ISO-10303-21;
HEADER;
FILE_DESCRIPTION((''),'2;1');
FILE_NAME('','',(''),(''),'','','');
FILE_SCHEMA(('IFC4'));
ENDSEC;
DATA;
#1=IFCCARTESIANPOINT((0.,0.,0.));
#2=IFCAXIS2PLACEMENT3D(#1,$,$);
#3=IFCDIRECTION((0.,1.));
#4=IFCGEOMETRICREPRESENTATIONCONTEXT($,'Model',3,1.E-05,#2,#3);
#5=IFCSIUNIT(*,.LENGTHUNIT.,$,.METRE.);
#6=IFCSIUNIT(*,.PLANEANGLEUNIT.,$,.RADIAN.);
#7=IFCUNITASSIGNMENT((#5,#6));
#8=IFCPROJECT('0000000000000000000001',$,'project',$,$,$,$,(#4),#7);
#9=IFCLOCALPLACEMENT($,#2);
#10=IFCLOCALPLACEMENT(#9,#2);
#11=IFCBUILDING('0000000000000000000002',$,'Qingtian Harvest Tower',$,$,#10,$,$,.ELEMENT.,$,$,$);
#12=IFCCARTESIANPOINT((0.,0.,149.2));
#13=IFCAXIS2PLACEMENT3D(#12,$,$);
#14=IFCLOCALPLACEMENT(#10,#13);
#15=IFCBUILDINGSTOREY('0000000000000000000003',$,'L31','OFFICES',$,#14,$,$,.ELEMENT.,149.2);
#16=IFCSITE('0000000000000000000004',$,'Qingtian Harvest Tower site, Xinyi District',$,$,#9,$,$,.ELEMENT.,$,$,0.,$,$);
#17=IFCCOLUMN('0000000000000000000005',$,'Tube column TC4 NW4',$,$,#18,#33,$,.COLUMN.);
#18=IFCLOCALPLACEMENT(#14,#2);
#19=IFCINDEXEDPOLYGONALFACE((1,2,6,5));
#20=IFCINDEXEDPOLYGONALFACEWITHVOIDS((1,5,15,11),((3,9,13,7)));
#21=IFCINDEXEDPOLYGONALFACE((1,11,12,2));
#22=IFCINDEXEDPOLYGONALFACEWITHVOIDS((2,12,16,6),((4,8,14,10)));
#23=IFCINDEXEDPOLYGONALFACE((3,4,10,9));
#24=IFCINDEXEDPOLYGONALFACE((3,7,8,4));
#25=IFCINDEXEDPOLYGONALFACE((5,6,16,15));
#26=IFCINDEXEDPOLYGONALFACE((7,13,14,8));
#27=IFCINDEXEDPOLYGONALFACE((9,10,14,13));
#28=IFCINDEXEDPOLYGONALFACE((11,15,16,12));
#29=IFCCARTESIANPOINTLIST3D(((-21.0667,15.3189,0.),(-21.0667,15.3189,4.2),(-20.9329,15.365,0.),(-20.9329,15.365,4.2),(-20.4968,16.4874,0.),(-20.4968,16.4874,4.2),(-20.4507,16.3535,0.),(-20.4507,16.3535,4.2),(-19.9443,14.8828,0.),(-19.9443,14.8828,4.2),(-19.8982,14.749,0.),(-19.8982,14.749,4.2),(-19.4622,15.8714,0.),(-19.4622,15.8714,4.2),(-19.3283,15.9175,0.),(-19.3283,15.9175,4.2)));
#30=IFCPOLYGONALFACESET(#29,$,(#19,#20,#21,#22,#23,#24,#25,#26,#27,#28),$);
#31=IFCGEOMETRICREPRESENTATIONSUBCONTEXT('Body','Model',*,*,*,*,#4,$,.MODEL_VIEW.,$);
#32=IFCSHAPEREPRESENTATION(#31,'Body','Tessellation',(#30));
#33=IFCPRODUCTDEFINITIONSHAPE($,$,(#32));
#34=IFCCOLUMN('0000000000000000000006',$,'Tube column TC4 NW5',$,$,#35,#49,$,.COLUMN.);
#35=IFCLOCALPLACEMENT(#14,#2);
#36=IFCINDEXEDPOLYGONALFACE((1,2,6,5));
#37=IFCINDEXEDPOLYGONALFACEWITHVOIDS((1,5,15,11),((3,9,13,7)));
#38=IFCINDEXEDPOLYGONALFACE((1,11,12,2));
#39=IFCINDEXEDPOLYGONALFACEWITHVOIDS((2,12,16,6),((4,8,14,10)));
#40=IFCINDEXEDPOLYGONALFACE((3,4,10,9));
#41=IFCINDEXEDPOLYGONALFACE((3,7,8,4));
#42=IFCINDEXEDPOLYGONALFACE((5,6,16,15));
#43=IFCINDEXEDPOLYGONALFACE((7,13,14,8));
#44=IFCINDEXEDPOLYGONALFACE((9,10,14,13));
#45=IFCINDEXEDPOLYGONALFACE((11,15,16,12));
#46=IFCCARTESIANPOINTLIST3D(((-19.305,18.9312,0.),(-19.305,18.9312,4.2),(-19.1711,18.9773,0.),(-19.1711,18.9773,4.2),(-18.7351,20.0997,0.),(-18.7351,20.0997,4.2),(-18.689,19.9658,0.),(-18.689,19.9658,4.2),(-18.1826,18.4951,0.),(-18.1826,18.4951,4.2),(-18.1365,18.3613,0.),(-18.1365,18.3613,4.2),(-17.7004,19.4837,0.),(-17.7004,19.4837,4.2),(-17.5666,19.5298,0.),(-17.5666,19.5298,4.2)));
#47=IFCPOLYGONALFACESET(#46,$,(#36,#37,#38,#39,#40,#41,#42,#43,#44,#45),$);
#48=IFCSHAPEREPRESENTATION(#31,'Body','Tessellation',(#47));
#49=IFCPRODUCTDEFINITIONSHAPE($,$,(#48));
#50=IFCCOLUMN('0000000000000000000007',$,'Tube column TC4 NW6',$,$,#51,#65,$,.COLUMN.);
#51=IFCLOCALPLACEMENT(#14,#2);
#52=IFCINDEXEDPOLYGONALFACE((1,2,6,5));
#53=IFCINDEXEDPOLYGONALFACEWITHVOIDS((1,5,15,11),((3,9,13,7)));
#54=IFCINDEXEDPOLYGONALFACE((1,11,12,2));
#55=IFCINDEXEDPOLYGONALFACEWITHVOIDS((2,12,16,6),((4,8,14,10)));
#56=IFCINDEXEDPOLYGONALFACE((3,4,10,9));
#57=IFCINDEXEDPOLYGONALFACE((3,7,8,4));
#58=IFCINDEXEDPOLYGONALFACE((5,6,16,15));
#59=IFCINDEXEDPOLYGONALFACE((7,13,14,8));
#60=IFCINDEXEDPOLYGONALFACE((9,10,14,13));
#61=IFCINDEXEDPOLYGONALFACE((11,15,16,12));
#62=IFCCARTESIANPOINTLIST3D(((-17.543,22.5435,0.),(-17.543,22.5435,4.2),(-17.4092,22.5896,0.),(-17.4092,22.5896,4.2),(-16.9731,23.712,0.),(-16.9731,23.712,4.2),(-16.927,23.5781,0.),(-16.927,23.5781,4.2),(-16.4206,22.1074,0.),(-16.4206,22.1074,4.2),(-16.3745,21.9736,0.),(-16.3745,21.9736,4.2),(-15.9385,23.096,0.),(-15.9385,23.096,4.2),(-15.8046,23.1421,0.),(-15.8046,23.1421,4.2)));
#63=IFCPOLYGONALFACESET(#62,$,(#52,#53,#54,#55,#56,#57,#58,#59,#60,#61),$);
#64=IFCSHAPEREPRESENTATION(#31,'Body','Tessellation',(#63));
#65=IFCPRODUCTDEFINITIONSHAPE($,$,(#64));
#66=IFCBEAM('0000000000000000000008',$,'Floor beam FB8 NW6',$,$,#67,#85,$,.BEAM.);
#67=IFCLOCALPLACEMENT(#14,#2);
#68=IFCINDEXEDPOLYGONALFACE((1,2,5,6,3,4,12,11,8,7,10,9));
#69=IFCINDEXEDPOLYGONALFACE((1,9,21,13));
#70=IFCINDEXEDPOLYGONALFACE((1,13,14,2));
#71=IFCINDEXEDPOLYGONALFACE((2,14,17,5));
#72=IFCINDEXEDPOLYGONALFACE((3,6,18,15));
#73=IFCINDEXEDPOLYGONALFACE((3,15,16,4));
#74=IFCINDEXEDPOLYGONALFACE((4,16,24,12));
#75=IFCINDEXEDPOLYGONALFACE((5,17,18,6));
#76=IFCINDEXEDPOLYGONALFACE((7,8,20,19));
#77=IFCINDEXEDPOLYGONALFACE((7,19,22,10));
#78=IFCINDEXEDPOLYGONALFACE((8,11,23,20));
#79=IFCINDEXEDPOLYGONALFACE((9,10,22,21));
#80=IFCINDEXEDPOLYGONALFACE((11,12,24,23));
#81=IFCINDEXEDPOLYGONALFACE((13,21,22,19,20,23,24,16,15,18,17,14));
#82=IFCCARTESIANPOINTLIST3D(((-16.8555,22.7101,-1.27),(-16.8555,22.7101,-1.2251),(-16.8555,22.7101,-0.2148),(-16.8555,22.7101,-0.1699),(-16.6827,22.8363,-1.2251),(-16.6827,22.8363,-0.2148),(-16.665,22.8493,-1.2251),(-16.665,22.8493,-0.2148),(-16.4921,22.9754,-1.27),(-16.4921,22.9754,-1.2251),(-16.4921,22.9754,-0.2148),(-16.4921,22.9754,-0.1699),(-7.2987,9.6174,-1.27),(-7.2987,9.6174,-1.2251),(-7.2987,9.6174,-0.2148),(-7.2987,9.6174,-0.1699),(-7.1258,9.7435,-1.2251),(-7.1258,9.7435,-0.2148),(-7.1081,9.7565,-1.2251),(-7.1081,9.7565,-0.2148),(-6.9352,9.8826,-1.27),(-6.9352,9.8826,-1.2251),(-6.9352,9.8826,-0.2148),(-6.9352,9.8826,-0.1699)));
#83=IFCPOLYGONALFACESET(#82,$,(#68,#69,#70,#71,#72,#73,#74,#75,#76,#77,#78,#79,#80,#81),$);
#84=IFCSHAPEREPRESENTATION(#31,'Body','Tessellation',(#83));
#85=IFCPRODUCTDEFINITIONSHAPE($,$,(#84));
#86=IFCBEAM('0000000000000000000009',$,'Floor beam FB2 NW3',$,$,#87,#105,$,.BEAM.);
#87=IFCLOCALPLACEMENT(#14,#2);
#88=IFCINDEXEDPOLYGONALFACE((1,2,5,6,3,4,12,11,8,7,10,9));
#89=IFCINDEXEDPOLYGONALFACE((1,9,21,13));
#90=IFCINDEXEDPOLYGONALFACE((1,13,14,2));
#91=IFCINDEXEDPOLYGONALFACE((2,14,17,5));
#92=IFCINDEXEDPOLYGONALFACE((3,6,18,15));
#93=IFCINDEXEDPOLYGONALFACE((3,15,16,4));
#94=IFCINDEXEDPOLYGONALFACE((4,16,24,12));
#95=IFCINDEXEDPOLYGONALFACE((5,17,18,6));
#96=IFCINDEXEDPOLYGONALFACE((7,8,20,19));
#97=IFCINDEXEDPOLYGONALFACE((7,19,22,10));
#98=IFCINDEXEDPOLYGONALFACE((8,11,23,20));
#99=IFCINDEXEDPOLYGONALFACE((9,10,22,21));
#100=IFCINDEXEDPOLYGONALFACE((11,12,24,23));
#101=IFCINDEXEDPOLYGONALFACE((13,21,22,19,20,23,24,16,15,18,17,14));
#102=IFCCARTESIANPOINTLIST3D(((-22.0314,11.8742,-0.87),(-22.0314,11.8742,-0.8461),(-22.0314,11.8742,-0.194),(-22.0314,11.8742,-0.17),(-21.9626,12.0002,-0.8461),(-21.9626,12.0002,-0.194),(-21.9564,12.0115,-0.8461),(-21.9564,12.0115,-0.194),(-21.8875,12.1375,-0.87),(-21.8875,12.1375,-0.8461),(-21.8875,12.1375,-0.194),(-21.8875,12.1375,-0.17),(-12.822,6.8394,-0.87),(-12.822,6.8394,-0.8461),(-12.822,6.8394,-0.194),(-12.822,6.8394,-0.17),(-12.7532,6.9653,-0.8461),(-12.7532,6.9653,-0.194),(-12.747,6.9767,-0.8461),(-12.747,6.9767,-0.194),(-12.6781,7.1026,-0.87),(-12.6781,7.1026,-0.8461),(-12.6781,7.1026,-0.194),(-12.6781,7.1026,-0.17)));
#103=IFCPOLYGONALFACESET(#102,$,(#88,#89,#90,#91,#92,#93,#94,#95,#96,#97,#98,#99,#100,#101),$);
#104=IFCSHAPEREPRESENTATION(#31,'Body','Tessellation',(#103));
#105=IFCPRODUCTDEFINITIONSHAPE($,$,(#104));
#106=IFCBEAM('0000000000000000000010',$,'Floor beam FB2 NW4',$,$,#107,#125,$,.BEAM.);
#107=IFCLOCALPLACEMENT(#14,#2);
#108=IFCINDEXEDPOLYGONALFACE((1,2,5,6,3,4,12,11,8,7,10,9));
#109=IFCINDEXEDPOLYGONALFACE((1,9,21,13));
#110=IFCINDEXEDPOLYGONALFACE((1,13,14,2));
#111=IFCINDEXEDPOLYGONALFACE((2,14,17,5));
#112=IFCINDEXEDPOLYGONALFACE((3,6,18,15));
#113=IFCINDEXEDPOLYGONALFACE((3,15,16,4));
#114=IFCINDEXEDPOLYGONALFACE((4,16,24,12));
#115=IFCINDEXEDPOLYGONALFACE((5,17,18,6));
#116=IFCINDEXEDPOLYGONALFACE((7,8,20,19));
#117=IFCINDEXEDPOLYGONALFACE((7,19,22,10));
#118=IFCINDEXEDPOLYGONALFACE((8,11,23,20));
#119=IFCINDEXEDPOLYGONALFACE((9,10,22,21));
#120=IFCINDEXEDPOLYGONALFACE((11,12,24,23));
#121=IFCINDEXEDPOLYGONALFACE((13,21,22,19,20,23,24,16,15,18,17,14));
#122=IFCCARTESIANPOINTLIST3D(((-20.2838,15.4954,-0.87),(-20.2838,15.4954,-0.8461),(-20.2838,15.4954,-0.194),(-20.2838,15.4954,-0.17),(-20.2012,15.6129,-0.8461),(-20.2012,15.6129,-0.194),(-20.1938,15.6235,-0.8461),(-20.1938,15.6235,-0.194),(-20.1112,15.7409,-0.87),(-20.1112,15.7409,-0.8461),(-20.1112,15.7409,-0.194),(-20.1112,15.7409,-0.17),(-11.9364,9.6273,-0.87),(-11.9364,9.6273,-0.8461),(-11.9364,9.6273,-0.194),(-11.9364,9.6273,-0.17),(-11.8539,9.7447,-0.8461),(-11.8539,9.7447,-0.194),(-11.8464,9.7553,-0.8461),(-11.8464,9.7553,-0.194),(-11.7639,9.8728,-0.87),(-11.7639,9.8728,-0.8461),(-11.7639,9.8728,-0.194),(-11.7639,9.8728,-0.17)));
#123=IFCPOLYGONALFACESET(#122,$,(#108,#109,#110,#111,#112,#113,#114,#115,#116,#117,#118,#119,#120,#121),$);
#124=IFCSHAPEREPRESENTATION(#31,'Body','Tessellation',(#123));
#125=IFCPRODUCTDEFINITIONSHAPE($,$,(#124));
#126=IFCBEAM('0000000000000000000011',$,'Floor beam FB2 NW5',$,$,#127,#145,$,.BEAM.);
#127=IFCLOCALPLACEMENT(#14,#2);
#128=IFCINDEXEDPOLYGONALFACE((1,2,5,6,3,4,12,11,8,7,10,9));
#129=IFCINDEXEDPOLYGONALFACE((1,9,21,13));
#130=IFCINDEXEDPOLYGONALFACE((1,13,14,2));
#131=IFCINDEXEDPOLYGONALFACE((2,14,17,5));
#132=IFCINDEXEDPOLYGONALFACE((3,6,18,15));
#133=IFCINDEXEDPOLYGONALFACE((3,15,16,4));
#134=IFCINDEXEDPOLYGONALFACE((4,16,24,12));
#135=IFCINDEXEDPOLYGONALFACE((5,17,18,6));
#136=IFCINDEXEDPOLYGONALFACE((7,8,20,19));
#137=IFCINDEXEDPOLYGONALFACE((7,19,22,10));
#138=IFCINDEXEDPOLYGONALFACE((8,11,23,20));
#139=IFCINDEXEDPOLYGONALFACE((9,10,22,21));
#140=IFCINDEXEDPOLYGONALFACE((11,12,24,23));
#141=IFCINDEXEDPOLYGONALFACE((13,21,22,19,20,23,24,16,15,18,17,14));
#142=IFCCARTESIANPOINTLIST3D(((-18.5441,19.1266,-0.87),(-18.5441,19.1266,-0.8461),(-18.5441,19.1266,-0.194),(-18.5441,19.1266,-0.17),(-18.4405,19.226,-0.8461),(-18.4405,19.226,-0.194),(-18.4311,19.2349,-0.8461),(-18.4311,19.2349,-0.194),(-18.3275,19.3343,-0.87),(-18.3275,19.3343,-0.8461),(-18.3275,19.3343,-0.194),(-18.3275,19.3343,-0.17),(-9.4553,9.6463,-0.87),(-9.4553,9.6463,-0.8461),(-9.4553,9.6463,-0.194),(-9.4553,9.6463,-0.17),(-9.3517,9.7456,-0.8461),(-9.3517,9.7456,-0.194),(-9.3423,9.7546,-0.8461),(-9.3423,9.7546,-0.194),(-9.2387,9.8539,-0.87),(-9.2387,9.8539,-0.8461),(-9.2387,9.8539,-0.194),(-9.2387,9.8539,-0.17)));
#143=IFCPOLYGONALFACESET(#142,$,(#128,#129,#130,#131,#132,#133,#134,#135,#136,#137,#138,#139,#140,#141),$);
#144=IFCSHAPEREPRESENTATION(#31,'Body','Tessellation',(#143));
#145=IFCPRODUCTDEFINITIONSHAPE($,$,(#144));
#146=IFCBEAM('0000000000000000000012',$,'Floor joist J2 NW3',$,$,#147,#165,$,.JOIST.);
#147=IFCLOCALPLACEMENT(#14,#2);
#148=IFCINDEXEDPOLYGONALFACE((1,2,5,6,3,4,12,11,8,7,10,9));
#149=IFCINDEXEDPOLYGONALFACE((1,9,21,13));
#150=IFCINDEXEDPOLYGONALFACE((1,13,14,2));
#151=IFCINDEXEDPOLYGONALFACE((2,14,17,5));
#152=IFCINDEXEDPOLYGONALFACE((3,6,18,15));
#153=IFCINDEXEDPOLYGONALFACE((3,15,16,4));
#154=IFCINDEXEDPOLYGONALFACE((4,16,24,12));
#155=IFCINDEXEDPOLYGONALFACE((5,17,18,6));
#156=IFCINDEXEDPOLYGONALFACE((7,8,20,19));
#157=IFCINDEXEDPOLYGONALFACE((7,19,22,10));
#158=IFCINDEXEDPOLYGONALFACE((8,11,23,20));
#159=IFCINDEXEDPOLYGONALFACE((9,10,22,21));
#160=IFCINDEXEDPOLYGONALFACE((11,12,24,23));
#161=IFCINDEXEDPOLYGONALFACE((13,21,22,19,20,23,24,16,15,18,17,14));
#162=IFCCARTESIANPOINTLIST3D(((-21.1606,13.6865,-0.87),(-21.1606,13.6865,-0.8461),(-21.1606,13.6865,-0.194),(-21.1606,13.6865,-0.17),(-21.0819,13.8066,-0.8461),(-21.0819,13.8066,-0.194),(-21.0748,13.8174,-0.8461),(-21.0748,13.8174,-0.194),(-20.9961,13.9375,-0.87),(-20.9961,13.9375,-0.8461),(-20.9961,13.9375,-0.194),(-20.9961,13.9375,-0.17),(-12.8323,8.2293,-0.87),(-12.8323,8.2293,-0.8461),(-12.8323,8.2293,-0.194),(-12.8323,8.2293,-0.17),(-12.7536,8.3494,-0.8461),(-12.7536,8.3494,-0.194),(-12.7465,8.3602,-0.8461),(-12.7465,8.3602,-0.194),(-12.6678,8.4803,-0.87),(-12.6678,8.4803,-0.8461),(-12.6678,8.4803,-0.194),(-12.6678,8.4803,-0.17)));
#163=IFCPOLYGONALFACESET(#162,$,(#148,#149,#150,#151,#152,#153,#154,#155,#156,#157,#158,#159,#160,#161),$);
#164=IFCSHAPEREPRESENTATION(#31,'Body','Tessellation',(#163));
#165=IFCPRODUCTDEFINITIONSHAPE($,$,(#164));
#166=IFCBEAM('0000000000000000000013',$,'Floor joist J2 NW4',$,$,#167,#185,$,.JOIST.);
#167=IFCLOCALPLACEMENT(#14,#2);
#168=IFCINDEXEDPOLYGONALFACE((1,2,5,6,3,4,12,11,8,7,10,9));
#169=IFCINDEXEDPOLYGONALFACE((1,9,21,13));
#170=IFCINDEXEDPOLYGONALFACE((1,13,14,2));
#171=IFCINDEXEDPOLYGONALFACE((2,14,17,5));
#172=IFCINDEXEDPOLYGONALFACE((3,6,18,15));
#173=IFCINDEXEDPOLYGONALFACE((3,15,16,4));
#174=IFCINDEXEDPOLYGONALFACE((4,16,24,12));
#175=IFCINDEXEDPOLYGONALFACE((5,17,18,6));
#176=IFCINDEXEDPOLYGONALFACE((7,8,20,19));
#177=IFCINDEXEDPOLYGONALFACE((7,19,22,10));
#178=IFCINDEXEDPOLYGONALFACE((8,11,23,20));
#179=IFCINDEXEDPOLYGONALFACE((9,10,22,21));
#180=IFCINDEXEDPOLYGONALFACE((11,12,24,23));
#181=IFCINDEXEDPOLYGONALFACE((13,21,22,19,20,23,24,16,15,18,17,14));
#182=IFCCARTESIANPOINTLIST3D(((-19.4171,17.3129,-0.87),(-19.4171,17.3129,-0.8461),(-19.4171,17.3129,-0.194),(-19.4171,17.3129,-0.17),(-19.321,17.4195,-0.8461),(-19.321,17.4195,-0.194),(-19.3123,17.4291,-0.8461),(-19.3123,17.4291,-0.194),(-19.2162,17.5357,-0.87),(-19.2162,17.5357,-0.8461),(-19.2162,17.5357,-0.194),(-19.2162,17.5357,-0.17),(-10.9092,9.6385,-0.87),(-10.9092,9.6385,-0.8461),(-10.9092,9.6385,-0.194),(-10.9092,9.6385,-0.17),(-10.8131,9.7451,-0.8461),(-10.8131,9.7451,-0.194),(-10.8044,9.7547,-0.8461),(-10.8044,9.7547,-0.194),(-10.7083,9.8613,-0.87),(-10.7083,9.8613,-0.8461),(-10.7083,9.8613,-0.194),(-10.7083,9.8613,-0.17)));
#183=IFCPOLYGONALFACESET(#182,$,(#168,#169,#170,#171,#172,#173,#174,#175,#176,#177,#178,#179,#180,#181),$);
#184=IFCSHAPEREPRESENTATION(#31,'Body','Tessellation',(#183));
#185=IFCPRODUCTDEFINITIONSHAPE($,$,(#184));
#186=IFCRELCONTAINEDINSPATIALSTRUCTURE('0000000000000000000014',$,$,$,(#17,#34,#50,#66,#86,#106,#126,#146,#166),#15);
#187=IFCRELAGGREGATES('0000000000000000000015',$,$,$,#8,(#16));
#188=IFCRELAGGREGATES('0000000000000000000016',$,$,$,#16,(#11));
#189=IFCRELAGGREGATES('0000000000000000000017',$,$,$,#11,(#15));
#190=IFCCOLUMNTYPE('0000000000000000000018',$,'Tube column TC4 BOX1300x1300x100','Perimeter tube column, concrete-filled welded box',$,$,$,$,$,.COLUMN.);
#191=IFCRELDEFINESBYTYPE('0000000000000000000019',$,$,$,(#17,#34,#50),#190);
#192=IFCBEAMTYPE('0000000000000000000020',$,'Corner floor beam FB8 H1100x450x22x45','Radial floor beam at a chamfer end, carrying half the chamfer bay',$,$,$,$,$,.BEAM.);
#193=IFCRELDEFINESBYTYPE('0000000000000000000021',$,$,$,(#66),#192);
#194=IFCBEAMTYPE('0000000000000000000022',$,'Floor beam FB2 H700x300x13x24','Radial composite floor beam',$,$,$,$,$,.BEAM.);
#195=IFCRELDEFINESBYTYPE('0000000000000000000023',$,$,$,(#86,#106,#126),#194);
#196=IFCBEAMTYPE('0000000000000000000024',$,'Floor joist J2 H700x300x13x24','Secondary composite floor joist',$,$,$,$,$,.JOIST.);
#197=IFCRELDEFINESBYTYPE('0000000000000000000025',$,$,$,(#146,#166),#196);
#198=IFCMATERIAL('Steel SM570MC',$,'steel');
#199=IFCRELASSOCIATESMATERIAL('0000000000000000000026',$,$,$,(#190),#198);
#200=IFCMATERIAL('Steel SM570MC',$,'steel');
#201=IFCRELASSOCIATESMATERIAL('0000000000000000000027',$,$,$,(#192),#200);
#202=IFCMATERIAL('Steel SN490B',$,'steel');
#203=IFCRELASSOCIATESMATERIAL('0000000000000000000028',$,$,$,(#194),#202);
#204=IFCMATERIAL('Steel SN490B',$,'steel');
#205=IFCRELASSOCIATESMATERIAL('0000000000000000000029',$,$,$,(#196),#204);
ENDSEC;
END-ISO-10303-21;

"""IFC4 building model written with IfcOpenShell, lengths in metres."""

from ifc_helpers import new_model, si_unit, direction, frame, origin, origin_2d, place, context, subcontext, project, spatial, hollow_rectangle, i_section, extrude, material, material_profile, profile_set, type_object, element, save


model = new_model("IFC4")

# Units and contexts
model_context = context("Model", 3, precision=1e-05, world=origin(), true_north=direction((0.0, 1.0)))
body_context = subcontext(model_context, "Body", "Model", "MODEL_VIEW")
ifc_project = project(units=[si_unit("LENGTHUNIT", "METRE"), si_unit("PLANEANGLEUNIT", "RADIAN")], contexts=[model_context])

# Site, building, storey
site_placement = place(None, origin())
site = spatial("IfcSite", under=ifc_project, at=site_placement, Name="Qingtian Harvest Tower site, Xinyi District", CompositionType="ELEMENT", RefElevation=0.0)
building_placement = place(site_placement, origin())
building = spatial("IfcBuilding", under=site, at=building_placement, Name="Qingtian Harvest Tower", CompositionType="ELEMENT")
storey_placement = place(building_placement, frame((0.0, 0.0, 149.2)))
storey = spatial("IfcBuildingStorey", under=building, at=storey_placement, Name="L31", Description="OFFICES", CompositionType="ELEMENT", Elevation=149.2)

# Columns
ifc_material_1 = material(Name="Steel SM570MC", Category="steel")
ifc_material_profile_1 = material_profile(ifc_material_1, hollow_rectangle(XDim=1.3, YDim=1.3, WallThickness=0.1001, at=origin_2d()), Name="BOX1300x1300x100")
ifc_profile_set_1 = profile_set([ifc_material_profile_1], Name="Steel SM570MC")
column_type = type_object("IfcColumnType", Name="Tube column TC4 BOX1300x1300x100", Description="Perimeter tube column, concrete-filled welded box", PredefinedType="COLUMN", material=ifc_profile_set_1)
for number, where, z_axis, x_axis, name in (
    (1, (-20.1975, 15.6182, 0.0), (0.0, 0.0, 1.0), (-0.438371, -0.898794, 0.0), "Tube column TC4 NW4"),
    (2, (-18.4358, 19.2305, 0.0), (0.0, 0.0, 1.0), (-0.438371, -0.898794, 0.0), "Tube column TC4 NW5"),
    (3, (-16.6738, 22.8428, 0.0), (0.0, 0.0, 1.0), (-0.438371, -0.898794, 0.0), "Tube column TC4 NW6"),
):
    element("IfcColumn", number, at=place(storey_placement, frame(where, z_axis=z_axis, x_axis=x_axis)), inside=storey, type_object=column_type, Name=name, PredefinedType="COLUMN", context=body_context, shape_type="SweptSolid", body=[
        extrude(hollow_rectangle(XDim=1.3, YDim=1.3, WallThickness=0.1001, at=origin_2d()), origin(), (0.0, 0.0, 1.0), 4.2),
    ])

# Beams
ifc_material_2 = material(Name="Steel SM570MC", Category="steel")
ifc_material_profile_2 = material_profile(ifc_material_2, i_section(OverallWidth=0.45, OverallDepth=1.1001, WebThickness=0.022, FlangeThickness=0.0449, at=origin_2d()), Name="H1100x450x22x45")
ifc_profile_set_2 = profile_set([ifc_material_profile_2], Name="Steel SM570MC")
beam_type_1 = type_object("IfcBeamType", Name="Corner floor beam FB8 H1100x450x22x45", Description="Radial floor beam at a chamfer end, carrying half the chamfer bay", PredefinedType="BEAM", material=ifc_profile_set_2)
beam_1_placement = place(storey_placement, frame((-16.6738, 22.8428, -0.72), z_axis=(0.589578, -0.807712, 0.0), x_axis=(0.807712, 0.589578, 0.0)))
element("IfcBeam", 4, at=beam_1_placement, inside=storey, type_object=beam_type_1, Name="Floor beam FB8 NW6", PredefinedType="BEAM", context=body_context, shape_type="SweptSolid", body=[
    extrude(i_section(OverallWidth=0.45, OverallDepth=1.1001, WebThickness=0.022, FlangeThickness=0.0449, at=origin_2d()), origin(), (0.0, 0.0, 1.0), 16.2097),
])
ifc_material_3 = material(Name="Steel SN490B", Category="steel")
ifc_material_profile_3 = material_profile(ifc_material_3, i_section(OverallWidth=0.3, OverallDepth=0.7, WebThickness=0.0129, FlangeThickness=0.0239, at=origin_2d()), Name="H700x300x13x24")
ifc_profile_set_3 = profile_set([ifc_material_profile_3], Name="Steel SN490B")
beam_type_2 = type_object("IfcBeamType", Name="Floor beam FB2 H700x300x13x24", Description="Radial composite floor beam", PredefinedType="BEAM", material=ifc_profile_set_3)
beam_2_placement = place(storey_placement, frame((-21.9595, 12.0059, -0.52), z_axis=(0.877432, -0.479701, 0.0), x_axis=(0.479701, 0.877432, 0.0)))
element("IfcBeam", 5, at=beam_2_placement, inside=storey, type_object=beam_type_2, Name="Floor beam FB2 NW3", PredefinedType="BEAM", context=body_context, shape_type="SweptSolid", body=[
    extrude(i_section(OverallWidth=0.3, OverallDepth=0.7, WebThickness=0.0129, FlangeThickness=0.0239, at=origin_2d()), origin(), (0.0, 0.0, 1.0), 10.4958),
])
beam_3_placement = place(storey_placement, frame((-20.1975, 15.6182, -0.52), z_axis=(0.81808, -0.575104, 0.0), x_axis=(0.575104, 0.81808, 0.0)))
element("IfcBeam", 6, at=beam_3_placement, inside=storey, type_object=beam_type_2, Name="Floor beam FB2 NW4", PredefinedType="BEAM", context=body_context, shape_type="SweptSolid", body=[
    extrude(i_section(OverallWidth=0.3, OverallDepth=0.7, WebThickness=0.0129, FlangeThickness=0.0239, at=origin_2d()), origin(), (0.0, 0.0, 1.0), 10.2036),
])
beam_4_placement = place(storey_placement, frame((-18.4358, 19.2305, -0.52), z_axis=(0.692041, -0.721858, 0.0), x_axis=(0.721858, 0.692041, 0.0)))
element("IfcBeam", 7, at=beam_4_placement, inside=storey, type_object=beam_type_2, Name="Floor beam FB2 NW5", PredefinedType="BEAM", context=body_context, shape_type="SweptSolid", body=[
    extrude(i_section(OverallWidth=0.3, OverallDepth=0.7, WebThickness=0.0129, FlangeThickness=0.0239, at=origin_2d()), origin(), (0.0, 0.0, 1.0), 13.1333),
])
ifc_material_4 = material(Name="Steel SN490B", Category="steel")
ifc_material_profile_4 = material_profile(ifc_material_4, i_section(OverallWidth=0.3, OverallDepth=0.7, WebThickness=0.0129, FlangeThickness=0.0239, at=origin_2d()), Name="H700x300x13x24")
ifc_profile_set_4 = profile_set([ifc_material_profile_4], Name="Steel SN490B")
beam_type_3 = type_object("IfcBeamType", Name="Floor joist J2 H700x300x13x24", Description="Secondary composite floor joist", PredefinedType="JOIST", material=ifc_profile_set_4)
beam_5_placement = place(storey_placement, frame((-21.0784, 13.812, -0.52), z_axis=(0.836426, -0.548079, 0.0), x_axis=(0.548079, 0.836426, 0.0)))
element("IfcBeam", 8, at=beam_5_placement, inside=storey, type_object=beam_type_3, Name="Floor joist J2 NW3", PredefinedType="JOIST", context=body_context, shape_type="SweptSolid", body=[
    extrude(i_section(OverallWidth=0.3, OverallDepth=0.7, WebThickness=0.0129, FlangeThickness=0.0239, at=origin_2d()), origin(), (0.0, 0.0, 1.0), 9.957),
])
beam_6_placement = place(storey_placement, frame((-19.3167, 17.4243, -0.52), z_axis=(0.742544, -0.669798, 0.0), x_axis=(0.669798, 0.742544, 0.0)))
element("IfcBeam", 9, at=beam_6_placement, inside=storey, type_object=beam_type_3, Name="Floor joist J2 NW4", PredefinedType="JOIST", context=body_context, shape_type="SweptSolid", body=[
    extrude(i_section(OverallWidth=0.3, OverallDepth=0.7, WebThickness=0.0129, FlangeThickness=0.0239, at=origin_2d()), origin(), (0.0, 0.0, 1.0), 11.4578),
])

save(model, "model.ifc")
